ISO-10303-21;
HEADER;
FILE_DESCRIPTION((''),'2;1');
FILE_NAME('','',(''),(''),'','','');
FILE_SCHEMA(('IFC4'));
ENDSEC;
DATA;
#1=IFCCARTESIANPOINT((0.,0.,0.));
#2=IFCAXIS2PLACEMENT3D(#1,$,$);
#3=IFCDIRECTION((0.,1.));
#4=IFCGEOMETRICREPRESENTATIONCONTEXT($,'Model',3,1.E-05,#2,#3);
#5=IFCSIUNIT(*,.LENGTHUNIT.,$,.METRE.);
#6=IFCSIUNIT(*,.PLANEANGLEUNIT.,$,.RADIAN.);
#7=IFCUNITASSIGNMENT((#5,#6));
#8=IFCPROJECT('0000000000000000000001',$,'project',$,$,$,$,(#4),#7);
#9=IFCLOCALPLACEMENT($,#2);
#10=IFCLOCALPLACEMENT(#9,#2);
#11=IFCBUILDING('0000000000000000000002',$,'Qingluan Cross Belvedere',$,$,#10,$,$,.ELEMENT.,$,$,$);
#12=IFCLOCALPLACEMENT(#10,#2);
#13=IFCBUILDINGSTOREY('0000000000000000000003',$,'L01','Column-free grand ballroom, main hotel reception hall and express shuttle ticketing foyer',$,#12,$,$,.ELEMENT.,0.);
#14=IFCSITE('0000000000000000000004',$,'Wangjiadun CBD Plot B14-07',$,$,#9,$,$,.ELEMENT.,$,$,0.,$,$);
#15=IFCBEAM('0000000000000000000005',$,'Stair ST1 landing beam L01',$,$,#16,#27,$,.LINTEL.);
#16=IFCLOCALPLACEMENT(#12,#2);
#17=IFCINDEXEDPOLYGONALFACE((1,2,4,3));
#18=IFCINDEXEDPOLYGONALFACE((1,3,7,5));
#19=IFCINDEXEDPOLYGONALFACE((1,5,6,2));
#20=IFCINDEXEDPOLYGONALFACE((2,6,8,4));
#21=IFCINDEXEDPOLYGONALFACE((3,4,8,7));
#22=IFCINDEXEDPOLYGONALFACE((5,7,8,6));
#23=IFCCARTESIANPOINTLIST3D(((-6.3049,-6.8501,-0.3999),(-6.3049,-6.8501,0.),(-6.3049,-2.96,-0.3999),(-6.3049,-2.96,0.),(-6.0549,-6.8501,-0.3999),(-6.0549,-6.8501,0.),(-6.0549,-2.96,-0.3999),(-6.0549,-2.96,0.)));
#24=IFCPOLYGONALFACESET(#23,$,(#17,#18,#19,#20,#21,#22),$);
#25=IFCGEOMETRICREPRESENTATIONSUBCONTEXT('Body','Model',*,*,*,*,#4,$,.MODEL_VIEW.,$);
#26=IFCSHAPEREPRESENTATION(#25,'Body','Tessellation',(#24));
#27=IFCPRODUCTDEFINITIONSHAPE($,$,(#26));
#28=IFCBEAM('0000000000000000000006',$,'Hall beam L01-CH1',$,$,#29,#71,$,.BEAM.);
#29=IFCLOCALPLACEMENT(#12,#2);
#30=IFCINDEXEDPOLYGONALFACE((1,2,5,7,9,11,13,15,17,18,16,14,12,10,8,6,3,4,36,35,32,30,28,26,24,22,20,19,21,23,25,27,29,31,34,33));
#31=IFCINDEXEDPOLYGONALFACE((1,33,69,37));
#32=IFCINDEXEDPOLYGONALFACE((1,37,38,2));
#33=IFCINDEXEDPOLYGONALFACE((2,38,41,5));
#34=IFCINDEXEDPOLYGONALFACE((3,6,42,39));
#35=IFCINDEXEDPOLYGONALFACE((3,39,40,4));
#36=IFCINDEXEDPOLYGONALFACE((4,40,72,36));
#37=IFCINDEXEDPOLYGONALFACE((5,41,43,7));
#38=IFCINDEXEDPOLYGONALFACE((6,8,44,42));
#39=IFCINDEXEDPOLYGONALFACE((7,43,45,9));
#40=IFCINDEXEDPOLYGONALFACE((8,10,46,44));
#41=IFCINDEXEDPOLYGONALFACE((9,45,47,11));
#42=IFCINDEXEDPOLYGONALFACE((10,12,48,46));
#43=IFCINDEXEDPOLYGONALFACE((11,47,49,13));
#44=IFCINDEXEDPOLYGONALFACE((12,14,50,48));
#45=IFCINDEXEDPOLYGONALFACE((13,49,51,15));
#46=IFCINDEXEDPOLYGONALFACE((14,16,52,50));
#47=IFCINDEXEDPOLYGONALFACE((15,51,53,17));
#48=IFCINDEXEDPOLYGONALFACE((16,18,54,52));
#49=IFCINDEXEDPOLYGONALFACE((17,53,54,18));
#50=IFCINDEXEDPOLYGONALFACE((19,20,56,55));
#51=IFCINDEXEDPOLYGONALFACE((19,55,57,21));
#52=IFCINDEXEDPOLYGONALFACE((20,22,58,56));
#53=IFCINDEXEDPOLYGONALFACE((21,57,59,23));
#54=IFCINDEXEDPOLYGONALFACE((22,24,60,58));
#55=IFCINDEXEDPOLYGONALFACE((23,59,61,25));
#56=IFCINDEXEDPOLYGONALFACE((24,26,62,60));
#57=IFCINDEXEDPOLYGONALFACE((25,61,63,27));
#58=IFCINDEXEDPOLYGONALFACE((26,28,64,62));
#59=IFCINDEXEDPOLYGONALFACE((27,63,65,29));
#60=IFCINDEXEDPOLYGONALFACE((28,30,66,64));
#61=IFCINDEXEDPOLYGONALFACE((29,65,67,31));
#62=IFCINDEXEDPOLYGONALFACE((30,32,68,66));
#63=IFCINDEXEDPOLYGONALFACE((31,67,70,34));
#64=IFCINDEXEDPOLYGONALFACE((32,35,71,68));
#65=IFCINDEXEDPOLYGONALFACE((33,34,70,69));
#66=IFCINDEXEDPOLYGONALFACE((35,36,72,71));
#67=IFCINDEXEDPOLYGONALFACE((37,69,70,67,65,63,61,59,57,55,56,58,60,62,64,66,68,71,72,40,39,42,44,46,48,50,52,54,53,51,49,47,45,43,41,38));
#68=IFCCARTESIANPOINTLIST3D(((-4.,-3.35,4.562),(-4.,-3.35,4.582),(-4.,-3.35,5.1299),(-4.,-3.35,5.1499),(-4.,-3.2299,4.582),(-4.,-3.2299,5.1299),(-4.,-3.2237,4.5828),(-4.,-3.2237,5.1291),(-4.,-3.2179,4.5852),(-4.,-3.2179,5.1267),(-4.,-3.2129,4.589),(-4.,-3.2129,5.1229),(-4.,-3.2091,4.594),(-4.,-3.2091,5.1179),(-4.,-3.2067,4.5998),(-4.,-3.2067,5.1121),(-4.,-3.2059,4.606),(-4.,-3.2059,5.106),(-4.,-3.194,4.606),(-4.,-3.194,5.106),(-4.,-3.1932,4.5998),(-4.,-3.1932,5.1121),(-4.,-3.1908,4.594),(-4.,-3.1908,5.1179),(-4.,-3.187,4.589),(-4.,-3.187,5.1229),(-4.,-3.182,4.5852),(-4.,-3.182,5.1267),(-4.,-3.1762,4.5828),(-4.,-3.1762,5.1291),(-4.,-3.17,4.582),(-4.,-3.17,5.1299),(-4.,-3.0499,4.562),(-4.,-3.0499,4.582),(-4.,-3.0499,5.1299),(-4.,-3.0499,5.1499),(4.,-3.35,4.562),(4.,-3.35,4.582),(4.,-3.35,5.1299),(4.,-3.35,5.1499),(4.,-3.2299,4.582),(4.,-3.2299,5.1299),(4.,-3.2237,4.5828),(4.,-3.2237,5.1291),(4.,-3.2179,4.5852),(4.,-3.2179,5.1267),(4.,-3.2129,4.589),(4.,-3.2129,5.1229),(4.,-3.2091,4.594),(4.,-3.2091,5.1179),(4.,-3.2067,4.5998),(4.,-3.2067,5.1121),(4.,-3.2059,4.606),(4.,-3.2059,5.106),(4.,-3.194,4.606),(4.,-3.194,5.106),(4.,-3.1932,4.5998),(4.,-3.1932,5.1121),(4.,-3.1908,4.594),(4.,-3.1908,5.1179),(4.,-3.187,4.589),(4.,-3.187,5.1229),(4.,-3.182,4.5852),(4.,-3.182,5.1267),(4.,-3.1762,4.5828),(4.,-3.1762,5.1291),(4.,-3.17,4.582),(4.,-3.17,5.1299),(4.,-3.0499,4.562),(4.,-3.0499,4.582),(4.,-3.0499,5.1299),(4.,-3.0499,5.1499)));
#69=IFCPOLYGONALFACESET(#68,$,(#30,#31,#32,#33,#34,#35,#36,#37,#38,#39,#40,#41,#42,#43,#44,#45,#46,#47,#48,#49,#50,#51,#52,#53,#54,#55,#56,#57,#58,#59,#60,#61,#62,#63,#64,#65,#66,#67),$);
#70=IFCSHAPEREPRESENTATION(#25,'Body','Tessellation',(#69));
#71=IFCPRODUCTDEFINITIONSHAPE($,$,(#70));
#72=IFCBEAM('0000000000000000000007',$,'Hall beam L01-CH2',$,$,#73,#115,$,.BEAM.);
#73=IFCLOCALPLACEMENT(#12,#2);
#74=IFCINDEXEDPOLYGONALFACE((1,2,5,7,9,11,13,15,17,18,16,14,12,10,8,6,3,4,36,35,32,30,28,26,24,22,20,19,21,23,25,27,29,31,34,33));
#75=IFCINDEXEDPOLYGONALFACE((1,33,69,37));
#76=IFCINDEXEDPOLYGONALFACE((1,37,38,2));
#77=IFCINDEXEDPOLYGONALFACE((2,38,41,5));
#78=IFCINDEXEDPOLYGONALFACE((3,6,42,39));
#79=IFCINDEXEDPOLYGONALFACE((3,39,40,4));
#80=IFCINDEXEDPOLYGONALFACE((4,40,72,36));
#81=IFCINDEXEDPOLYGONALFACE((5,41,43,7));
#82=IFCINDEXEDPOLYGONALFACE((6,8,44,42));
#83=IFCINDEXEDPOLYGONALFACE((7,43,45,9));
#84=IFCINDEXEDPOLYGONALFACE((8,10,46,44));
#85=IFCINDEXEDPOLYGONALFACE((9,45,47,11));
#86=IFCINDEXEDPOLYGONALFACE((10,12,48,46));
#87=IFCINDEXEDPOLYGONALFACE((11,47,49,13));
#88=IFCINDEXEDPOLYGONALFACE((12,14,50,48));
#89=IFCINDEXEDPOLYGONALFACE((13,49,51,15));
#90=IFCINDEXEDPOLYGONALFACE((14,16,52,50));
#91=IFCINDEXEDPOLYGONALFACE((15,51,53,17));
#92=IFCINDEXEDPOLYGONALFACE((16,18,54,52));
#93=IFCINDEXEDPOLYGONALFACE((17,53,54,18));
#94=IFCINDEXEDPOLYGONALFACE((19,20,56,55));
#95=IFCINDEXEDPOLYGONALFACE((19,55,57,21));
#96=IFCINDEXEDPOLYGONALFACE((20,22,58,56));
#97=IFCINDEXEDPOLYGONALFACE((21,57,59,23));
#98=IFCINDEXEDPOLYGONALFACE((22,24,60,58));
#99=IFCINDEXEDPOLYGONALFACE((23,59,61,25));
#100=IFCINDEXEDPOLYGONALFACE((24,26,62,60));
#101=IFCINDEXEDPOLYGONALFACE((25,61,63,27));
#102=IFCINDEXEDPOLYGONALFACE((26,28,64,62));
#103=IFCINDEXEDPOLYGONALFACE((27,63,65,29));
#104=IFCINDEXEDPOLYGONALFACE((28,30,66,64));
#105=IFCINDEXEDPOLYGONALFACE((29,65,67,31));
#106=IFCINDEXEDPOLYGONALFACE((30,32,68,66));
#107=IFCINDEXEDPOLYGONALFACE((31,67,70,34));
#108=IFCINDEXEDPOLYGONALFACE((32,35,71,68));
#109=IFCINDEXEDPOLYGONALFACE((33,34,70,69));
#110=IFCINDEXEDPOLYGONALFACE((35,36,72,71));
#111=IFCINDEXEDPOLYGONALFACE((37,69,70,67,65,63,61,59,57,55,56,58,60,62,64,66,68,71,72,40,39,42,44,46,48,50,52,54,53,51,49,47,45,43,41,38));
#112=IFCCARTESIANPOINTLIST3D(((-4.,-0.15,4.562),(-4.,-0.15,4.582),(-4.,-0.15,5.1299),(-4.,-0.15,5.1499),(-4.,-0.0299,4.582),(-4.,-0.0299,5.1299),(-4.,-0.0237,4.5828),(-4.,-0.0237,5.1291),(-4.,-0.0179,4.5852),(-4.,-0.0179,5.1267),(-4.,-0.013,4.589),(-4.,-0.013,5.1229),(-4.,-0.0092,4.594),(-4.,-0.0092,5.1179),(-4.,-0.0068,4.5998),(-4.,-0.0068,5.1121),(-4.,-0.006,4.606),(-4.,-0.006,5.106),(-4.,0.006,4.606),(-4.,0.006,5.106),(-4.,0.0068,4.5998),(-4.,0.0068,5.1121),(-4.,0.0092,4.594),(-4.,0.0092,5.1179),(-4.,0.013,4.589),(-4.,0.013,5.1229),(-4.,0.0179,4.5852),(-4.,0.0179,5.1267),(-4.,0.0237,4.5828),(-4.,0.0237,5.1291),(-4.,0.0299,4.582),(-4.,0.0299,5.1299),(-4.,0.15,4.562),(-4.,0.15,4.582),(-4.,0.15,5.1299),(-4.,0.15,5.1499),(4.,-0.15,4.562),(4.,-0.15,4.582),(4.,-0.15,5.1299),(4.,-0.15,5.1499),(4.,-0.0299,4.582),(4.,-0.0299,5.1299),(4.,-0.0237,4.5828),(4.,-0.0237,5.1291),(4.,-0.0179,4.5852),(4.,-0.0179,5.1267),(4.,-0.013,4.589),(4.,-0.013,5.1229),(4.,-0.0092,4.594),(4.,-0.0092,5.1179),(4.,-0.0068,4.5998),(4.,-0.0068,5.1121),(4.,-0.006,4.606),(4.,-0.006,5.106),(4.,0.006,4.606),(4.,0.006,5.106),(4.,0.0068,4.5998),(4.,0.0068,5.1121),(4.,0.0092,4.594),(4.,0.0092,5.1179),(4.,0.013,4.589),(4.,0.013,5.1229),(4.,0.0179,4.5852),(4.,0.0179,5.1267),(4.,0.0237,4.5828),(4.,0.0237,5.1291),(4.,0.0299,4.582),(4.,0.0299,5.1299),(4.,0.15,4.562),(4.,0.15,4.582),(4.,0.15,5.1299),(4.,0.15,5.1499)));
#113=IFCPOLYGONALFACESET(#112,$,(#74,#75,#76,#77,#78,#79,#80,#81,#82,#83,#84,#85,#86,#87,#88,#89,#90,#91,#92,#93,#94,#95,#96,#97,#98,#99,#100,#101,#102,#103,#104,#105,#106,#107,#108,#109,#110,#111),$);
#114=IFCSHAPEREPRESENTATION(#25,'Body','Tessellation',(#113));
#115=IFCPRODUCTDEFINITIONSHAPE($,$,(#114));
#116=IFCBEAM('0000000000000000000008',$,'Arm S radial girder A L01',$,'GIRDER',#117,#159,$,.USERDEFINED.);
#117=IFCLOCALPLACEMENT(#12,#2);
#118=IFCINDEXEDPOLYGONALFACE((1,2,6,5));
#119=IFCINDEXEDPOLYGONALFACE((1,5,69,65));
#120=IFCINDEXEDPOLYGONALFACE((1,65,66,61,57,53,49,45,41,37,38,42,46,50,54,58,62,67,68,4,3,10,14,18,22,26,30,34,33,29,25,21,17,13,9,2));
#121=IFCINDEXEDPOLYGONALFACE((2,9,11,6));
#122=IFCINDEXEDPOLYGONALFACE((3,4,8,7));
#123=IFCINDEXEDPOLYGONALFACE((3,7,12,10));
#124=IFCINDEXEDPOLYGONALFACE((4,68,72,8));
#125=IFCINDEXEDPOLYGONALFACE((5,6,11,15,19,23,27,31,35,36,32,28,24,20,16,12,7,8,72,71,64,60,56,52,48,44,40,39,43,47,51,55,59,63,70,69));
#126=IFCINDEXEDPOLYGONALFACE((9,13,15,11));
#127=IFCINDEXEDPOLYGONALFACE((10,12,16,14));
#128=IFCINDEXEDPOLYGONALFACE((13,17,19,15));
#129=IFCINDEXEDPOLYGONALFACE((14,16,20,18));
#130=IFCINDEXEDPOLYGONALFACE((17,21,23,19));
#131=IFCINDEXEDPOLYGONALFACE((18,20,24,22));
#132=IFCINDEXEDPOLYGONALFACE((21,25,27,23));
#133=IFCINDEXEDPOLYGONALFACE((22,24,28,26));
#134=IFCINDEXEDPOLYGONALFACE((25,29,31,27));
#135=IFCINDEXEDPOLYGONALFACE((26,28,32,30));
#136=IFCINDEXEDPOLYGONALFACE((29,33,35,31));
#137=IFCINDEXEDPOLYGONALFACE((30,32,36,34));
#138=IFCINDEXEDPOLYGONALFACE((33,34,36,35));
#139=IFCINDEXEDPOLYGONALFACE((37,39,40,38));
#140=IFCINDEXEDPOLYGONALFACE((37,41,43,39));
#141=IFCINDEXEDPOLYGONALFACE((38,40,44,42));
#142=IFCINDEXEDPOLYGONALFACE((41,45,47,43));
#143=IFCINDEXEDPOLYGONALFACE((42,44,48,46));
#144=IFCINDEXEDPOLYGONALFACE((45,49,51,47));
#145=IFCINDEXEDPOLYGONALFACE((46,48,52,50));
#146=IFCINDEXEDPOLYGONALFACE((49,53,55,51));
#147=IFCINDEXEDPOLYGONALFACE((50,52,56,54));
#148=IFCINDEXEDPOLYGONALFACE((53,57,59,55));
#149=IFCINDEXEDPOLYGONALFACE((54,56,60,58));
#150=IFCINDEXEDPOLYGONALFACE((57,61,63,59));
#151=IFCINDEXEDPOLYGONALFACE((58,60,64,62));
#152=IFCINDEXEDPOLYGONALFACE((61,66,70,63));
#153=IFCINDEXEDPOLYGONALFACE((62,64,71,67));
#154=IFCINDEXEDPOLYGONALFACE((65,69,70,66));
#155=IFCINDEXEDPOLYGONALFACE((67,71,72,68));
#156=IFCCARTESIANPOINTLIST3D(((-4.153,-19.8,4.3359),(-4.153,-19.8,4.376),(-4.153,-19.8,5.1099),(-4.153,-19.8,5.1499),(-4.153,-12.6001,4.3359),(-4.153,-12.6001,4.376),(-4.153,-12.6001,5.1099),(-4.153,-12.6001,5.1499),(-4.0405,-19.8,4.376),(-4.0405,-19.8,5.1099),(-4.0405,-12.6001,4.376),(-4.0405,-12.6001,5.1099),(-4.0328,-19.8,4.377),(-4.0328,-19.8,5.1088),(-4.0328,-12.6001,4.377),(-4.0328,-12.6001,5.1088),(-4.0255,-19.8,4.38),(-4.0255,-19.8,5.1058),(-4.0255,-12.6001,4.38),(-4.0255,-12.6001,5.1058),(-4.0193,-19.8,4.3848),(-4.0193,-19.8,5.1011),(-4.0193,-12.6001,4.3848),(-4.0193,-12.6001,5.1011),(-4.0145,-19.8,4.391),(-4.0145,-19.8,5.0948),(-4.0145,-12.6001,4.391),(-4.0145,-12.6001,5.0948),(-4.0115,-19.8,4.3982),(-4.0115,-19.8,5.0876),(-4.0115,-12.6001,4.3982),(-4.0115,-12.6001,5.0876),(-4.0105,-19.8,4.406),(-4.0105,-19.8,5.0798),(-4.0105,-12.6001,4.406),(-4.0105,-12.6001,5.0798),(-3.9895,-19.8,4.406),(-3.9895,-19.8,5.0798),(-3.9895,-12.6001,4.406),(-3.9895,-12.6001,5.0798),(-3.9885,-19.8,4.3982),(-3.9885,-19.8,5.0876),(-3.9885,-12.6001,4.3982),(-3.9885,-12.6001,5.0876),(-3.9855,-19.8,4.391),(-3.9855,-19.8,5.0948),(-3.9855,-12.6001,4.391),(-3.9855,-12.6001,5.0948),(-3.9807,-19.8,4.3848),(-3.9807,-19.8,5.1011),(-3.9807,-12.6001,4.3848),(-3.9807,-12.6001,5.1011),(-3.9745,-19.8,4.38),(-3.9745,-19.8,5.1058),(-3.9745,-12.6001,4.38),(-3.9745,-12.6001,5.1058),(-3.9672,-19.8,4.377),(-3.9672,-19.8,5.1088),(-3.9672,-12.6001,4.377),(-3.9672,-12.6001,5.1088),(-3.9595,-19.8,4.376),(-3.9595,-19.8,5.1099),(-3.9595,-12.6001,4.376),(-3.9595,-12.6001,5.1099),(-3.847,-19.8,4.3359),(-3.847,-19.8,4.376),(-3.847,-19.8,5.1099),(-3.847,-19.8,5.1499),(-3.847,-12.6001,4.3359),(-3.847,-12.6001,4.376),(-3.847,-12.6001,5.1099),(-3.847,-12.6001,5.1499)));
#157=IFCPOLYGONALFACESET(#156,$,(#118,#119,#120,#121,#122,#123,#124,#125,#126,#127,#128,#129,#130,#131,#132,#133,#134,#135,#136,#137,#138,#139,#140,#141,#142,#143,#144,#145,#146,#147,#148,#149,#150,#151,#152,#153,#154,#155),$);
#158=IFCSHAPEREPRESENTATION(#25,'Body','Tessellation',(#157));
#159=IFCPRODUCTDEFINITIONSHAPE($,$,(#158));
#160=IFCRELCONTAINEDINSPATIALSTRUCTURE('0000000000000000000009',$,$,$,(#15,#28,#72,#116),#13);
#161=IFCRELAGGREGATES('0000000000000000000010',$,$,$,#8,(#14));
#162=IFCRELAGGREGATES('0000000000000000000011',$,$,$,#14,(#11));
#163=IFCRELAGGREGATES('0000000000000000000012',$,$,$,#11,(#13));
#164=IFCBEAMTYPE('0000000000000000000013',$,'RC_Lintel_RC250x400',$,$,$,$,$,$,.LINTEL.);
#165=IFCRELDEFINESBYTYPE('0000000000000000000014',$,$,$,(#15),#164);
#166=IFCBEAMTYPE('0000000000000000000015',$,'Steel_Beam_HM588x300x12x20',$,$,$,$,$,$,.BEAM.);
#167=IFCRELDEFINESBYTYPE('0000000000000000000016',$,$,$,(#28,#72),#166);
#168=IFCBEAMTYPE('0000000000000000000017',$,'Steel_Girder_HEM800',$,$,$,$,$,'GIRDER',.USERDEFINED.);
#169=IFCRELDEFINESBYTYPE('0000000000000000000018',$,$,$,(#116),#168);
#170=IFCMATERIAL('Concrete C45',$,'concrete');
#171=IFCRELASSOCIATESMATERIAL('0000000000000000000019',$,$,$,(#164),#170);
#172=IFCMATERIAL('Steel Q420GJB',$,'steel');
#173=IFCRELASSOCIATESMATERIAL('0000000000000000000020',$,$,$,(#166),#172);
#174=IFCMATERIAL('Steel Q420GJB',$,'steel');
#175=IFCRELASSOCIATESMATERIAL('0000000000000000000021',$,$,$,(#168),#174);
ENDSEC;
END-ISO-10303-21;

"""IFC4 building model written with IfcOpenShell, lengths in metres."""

from ifc_helpers import new_model, si_unit, direction, frame, origin, origin_2d, place, context, subcontext, project, spatial, rectangle, i_section, extrude, material, material_profile, profile_set, type_object, element, save


model = new_model("IFC4")

# Units and contexts
model_context = context("Model", 3, precision=1e-05, world=origin(), true_north=direction((0.0, 1.0)))
body_context = subcontext(model_context, "Body", "Model", "MODEL_VIEW")
ifc_project = project(units=[si_unit("LENGTHUNIT", "METRE"), si_unit("PLANEANGLEUNIT", "RADIAN")], contexts=[model_context])

# Site, building, storey
site_placement = place(None, origin())
site = spatial("IfcSite", under=ifc_project, at=site_placement, Name="Wangjiadun CBD Plot B14-07", CompositionType="ELEMENT", RefElevation=0.0)
building_placement = place(site_placement, origin())
building = spatial("IfcBuilding", under=site, at=building_placement, Name="Qingluan Cross Belvedere", CompositionType="ELEMENT")
storey_placement = place(building_placement, origin())
storey = spatial("IfcBuildingStorey", under=building, at=storey_placement, Name="L01", Description="Column-free grand ballroom, main hotel reception hall and express shuttle ticketing foyer", CompositionType="ELEMENT", Elevation=0.0)

# Beams
ifc_material_1 = material(Name="Concrete C45", Category="concrete")
ifc_material_profile_1 = material_profile(ifc_material_1, rectangle(XDim=0.25, YDim=0.3999, at=origin_2d()), Name="RC250x400")
ifc_profile_set_1 = profile_set([ifc_material_profile_1], Name="Concrete C45")
beam_type_1 = type_object("IfcBeamType", Name="RC_Lintel_RC250x400", PredefinedType="LINTEL", material=ifc_profile_set_1)
beam_1_placement = place(storey_placement, frame((-6.1799, -6.8501, -0.2), z_axis=(0.0, 1.0, 0.0), x_axis=(-1.0, 0.0, 0.0)))
element("IfcBeam", 1, at=beam_1_placement, inside=storey, type_object=beam_type_1, Name="Stair ST1 landing beam L01", PredefinedType="LINTEL", context=body_context, shape_type="SweptSolid", body=[
    extrude(rectangle(XDim=0.25, YDim=0.3999, at=origin_2d()), origin(), (0.0, 0.0, 1.0), 3.8901),
])
ifc_material_2 = material(Name="Steel Q420GJB", Category="steel")
ifc_material_profile_2 = material_profile(ifc_material_2, i_section(OverallWidth=0.3, OverallDepth=0.5879, WebThickness=0.012, FlangeThickness=0.02, FilletRadius=0.0239, at=origin_2d()), Name="HM588x300x12x20")
ifc_profile_set_2 = profile_set([ifc_material_profile_2], Name="Steel Q420GJB")
beam_type_2 = type_object("IfcBeamType", Name="Steel_Beam_HM588x300x12x20", PredefinedType="BEAM", material=ifc_profile_set_2)
for number, where, z_axis, x_axis, name in (
    (2, (-4.0, -3.2, 4.856), (1.0, 0.0, 0.0), (0.0, 1.0, 0.0), "Hall beam L01-CH1"),
    (3, (-4.0, 0.0, 4.856), (1.0, 0.0, 0.0), (0.0, 1.0, 0.0), "Hall beam L01-CH2"),
):
    element("IfcBeam", number, at=place(storey_placement, frame(where, z_axis=z_axis, x_axis=x_axis)), inside=storey, type_object=beam_type_2, Name=name, PredefinedType="BEAM", context=body_context, shape_type="SweptSolid", body=[
        extrude(i_section(OverallWidth=0.3, OverallDepth=0.5879, WebThickness=0.012, FlangeThickness=0.02, FilletRadius=0.0239, at=origin_2d()), origin(), (0.0, 0.0, 1.0), 8.0),
    ])
ifc_material_3 = material(Name="Steel Q420GJB", Category="steel")
ifc_material_profile_3 = material_profile(ifc_material_3, i_section(OverallWidth=0.3059, OverallDepth=0.814, WebThickness=0.021, FlangeThickness=0.04, FilletRadius=0.03, at=origin_2d()), Name="HEM800")
ifc_profile_set_3 = profile_set([ifc_material_profile_3], Name="Steel Q420GJB")
beam_type_3 = type_object("IfcBeamType", Name="Steel_Girder_HEM800", ElementType="GIRDER", PredefinedType="USERDEFINED", material=ifc_profile_set_3)
beam_2_placement = place(storey_placement, frame((-4.0, -12.6001, 4.7429), z_axis=(0.0, -1.0, 0.0), x_axis=(1.0, 0.0, 0.0)))
element("IfcBeam", 4, at=beam_2_placement, inside=storey, type_object=beam_type_3, Name="Arm S radial girder A L01", ObjectType="GIRDER", PredefinedType="USERDEFINED", context=body_context, shape_type="SweptSolid", body=[
    extrude(i_section(OverallWidth=0.3059, OverallDepth=0.814, WebThickness=0.021, FlangeThickness=0.04, FilletRadius=0.03, at=origin_2d()), origin(), (0.0, 0.0, 1.0), 7.2),
])

save(model, "model.ifc")
